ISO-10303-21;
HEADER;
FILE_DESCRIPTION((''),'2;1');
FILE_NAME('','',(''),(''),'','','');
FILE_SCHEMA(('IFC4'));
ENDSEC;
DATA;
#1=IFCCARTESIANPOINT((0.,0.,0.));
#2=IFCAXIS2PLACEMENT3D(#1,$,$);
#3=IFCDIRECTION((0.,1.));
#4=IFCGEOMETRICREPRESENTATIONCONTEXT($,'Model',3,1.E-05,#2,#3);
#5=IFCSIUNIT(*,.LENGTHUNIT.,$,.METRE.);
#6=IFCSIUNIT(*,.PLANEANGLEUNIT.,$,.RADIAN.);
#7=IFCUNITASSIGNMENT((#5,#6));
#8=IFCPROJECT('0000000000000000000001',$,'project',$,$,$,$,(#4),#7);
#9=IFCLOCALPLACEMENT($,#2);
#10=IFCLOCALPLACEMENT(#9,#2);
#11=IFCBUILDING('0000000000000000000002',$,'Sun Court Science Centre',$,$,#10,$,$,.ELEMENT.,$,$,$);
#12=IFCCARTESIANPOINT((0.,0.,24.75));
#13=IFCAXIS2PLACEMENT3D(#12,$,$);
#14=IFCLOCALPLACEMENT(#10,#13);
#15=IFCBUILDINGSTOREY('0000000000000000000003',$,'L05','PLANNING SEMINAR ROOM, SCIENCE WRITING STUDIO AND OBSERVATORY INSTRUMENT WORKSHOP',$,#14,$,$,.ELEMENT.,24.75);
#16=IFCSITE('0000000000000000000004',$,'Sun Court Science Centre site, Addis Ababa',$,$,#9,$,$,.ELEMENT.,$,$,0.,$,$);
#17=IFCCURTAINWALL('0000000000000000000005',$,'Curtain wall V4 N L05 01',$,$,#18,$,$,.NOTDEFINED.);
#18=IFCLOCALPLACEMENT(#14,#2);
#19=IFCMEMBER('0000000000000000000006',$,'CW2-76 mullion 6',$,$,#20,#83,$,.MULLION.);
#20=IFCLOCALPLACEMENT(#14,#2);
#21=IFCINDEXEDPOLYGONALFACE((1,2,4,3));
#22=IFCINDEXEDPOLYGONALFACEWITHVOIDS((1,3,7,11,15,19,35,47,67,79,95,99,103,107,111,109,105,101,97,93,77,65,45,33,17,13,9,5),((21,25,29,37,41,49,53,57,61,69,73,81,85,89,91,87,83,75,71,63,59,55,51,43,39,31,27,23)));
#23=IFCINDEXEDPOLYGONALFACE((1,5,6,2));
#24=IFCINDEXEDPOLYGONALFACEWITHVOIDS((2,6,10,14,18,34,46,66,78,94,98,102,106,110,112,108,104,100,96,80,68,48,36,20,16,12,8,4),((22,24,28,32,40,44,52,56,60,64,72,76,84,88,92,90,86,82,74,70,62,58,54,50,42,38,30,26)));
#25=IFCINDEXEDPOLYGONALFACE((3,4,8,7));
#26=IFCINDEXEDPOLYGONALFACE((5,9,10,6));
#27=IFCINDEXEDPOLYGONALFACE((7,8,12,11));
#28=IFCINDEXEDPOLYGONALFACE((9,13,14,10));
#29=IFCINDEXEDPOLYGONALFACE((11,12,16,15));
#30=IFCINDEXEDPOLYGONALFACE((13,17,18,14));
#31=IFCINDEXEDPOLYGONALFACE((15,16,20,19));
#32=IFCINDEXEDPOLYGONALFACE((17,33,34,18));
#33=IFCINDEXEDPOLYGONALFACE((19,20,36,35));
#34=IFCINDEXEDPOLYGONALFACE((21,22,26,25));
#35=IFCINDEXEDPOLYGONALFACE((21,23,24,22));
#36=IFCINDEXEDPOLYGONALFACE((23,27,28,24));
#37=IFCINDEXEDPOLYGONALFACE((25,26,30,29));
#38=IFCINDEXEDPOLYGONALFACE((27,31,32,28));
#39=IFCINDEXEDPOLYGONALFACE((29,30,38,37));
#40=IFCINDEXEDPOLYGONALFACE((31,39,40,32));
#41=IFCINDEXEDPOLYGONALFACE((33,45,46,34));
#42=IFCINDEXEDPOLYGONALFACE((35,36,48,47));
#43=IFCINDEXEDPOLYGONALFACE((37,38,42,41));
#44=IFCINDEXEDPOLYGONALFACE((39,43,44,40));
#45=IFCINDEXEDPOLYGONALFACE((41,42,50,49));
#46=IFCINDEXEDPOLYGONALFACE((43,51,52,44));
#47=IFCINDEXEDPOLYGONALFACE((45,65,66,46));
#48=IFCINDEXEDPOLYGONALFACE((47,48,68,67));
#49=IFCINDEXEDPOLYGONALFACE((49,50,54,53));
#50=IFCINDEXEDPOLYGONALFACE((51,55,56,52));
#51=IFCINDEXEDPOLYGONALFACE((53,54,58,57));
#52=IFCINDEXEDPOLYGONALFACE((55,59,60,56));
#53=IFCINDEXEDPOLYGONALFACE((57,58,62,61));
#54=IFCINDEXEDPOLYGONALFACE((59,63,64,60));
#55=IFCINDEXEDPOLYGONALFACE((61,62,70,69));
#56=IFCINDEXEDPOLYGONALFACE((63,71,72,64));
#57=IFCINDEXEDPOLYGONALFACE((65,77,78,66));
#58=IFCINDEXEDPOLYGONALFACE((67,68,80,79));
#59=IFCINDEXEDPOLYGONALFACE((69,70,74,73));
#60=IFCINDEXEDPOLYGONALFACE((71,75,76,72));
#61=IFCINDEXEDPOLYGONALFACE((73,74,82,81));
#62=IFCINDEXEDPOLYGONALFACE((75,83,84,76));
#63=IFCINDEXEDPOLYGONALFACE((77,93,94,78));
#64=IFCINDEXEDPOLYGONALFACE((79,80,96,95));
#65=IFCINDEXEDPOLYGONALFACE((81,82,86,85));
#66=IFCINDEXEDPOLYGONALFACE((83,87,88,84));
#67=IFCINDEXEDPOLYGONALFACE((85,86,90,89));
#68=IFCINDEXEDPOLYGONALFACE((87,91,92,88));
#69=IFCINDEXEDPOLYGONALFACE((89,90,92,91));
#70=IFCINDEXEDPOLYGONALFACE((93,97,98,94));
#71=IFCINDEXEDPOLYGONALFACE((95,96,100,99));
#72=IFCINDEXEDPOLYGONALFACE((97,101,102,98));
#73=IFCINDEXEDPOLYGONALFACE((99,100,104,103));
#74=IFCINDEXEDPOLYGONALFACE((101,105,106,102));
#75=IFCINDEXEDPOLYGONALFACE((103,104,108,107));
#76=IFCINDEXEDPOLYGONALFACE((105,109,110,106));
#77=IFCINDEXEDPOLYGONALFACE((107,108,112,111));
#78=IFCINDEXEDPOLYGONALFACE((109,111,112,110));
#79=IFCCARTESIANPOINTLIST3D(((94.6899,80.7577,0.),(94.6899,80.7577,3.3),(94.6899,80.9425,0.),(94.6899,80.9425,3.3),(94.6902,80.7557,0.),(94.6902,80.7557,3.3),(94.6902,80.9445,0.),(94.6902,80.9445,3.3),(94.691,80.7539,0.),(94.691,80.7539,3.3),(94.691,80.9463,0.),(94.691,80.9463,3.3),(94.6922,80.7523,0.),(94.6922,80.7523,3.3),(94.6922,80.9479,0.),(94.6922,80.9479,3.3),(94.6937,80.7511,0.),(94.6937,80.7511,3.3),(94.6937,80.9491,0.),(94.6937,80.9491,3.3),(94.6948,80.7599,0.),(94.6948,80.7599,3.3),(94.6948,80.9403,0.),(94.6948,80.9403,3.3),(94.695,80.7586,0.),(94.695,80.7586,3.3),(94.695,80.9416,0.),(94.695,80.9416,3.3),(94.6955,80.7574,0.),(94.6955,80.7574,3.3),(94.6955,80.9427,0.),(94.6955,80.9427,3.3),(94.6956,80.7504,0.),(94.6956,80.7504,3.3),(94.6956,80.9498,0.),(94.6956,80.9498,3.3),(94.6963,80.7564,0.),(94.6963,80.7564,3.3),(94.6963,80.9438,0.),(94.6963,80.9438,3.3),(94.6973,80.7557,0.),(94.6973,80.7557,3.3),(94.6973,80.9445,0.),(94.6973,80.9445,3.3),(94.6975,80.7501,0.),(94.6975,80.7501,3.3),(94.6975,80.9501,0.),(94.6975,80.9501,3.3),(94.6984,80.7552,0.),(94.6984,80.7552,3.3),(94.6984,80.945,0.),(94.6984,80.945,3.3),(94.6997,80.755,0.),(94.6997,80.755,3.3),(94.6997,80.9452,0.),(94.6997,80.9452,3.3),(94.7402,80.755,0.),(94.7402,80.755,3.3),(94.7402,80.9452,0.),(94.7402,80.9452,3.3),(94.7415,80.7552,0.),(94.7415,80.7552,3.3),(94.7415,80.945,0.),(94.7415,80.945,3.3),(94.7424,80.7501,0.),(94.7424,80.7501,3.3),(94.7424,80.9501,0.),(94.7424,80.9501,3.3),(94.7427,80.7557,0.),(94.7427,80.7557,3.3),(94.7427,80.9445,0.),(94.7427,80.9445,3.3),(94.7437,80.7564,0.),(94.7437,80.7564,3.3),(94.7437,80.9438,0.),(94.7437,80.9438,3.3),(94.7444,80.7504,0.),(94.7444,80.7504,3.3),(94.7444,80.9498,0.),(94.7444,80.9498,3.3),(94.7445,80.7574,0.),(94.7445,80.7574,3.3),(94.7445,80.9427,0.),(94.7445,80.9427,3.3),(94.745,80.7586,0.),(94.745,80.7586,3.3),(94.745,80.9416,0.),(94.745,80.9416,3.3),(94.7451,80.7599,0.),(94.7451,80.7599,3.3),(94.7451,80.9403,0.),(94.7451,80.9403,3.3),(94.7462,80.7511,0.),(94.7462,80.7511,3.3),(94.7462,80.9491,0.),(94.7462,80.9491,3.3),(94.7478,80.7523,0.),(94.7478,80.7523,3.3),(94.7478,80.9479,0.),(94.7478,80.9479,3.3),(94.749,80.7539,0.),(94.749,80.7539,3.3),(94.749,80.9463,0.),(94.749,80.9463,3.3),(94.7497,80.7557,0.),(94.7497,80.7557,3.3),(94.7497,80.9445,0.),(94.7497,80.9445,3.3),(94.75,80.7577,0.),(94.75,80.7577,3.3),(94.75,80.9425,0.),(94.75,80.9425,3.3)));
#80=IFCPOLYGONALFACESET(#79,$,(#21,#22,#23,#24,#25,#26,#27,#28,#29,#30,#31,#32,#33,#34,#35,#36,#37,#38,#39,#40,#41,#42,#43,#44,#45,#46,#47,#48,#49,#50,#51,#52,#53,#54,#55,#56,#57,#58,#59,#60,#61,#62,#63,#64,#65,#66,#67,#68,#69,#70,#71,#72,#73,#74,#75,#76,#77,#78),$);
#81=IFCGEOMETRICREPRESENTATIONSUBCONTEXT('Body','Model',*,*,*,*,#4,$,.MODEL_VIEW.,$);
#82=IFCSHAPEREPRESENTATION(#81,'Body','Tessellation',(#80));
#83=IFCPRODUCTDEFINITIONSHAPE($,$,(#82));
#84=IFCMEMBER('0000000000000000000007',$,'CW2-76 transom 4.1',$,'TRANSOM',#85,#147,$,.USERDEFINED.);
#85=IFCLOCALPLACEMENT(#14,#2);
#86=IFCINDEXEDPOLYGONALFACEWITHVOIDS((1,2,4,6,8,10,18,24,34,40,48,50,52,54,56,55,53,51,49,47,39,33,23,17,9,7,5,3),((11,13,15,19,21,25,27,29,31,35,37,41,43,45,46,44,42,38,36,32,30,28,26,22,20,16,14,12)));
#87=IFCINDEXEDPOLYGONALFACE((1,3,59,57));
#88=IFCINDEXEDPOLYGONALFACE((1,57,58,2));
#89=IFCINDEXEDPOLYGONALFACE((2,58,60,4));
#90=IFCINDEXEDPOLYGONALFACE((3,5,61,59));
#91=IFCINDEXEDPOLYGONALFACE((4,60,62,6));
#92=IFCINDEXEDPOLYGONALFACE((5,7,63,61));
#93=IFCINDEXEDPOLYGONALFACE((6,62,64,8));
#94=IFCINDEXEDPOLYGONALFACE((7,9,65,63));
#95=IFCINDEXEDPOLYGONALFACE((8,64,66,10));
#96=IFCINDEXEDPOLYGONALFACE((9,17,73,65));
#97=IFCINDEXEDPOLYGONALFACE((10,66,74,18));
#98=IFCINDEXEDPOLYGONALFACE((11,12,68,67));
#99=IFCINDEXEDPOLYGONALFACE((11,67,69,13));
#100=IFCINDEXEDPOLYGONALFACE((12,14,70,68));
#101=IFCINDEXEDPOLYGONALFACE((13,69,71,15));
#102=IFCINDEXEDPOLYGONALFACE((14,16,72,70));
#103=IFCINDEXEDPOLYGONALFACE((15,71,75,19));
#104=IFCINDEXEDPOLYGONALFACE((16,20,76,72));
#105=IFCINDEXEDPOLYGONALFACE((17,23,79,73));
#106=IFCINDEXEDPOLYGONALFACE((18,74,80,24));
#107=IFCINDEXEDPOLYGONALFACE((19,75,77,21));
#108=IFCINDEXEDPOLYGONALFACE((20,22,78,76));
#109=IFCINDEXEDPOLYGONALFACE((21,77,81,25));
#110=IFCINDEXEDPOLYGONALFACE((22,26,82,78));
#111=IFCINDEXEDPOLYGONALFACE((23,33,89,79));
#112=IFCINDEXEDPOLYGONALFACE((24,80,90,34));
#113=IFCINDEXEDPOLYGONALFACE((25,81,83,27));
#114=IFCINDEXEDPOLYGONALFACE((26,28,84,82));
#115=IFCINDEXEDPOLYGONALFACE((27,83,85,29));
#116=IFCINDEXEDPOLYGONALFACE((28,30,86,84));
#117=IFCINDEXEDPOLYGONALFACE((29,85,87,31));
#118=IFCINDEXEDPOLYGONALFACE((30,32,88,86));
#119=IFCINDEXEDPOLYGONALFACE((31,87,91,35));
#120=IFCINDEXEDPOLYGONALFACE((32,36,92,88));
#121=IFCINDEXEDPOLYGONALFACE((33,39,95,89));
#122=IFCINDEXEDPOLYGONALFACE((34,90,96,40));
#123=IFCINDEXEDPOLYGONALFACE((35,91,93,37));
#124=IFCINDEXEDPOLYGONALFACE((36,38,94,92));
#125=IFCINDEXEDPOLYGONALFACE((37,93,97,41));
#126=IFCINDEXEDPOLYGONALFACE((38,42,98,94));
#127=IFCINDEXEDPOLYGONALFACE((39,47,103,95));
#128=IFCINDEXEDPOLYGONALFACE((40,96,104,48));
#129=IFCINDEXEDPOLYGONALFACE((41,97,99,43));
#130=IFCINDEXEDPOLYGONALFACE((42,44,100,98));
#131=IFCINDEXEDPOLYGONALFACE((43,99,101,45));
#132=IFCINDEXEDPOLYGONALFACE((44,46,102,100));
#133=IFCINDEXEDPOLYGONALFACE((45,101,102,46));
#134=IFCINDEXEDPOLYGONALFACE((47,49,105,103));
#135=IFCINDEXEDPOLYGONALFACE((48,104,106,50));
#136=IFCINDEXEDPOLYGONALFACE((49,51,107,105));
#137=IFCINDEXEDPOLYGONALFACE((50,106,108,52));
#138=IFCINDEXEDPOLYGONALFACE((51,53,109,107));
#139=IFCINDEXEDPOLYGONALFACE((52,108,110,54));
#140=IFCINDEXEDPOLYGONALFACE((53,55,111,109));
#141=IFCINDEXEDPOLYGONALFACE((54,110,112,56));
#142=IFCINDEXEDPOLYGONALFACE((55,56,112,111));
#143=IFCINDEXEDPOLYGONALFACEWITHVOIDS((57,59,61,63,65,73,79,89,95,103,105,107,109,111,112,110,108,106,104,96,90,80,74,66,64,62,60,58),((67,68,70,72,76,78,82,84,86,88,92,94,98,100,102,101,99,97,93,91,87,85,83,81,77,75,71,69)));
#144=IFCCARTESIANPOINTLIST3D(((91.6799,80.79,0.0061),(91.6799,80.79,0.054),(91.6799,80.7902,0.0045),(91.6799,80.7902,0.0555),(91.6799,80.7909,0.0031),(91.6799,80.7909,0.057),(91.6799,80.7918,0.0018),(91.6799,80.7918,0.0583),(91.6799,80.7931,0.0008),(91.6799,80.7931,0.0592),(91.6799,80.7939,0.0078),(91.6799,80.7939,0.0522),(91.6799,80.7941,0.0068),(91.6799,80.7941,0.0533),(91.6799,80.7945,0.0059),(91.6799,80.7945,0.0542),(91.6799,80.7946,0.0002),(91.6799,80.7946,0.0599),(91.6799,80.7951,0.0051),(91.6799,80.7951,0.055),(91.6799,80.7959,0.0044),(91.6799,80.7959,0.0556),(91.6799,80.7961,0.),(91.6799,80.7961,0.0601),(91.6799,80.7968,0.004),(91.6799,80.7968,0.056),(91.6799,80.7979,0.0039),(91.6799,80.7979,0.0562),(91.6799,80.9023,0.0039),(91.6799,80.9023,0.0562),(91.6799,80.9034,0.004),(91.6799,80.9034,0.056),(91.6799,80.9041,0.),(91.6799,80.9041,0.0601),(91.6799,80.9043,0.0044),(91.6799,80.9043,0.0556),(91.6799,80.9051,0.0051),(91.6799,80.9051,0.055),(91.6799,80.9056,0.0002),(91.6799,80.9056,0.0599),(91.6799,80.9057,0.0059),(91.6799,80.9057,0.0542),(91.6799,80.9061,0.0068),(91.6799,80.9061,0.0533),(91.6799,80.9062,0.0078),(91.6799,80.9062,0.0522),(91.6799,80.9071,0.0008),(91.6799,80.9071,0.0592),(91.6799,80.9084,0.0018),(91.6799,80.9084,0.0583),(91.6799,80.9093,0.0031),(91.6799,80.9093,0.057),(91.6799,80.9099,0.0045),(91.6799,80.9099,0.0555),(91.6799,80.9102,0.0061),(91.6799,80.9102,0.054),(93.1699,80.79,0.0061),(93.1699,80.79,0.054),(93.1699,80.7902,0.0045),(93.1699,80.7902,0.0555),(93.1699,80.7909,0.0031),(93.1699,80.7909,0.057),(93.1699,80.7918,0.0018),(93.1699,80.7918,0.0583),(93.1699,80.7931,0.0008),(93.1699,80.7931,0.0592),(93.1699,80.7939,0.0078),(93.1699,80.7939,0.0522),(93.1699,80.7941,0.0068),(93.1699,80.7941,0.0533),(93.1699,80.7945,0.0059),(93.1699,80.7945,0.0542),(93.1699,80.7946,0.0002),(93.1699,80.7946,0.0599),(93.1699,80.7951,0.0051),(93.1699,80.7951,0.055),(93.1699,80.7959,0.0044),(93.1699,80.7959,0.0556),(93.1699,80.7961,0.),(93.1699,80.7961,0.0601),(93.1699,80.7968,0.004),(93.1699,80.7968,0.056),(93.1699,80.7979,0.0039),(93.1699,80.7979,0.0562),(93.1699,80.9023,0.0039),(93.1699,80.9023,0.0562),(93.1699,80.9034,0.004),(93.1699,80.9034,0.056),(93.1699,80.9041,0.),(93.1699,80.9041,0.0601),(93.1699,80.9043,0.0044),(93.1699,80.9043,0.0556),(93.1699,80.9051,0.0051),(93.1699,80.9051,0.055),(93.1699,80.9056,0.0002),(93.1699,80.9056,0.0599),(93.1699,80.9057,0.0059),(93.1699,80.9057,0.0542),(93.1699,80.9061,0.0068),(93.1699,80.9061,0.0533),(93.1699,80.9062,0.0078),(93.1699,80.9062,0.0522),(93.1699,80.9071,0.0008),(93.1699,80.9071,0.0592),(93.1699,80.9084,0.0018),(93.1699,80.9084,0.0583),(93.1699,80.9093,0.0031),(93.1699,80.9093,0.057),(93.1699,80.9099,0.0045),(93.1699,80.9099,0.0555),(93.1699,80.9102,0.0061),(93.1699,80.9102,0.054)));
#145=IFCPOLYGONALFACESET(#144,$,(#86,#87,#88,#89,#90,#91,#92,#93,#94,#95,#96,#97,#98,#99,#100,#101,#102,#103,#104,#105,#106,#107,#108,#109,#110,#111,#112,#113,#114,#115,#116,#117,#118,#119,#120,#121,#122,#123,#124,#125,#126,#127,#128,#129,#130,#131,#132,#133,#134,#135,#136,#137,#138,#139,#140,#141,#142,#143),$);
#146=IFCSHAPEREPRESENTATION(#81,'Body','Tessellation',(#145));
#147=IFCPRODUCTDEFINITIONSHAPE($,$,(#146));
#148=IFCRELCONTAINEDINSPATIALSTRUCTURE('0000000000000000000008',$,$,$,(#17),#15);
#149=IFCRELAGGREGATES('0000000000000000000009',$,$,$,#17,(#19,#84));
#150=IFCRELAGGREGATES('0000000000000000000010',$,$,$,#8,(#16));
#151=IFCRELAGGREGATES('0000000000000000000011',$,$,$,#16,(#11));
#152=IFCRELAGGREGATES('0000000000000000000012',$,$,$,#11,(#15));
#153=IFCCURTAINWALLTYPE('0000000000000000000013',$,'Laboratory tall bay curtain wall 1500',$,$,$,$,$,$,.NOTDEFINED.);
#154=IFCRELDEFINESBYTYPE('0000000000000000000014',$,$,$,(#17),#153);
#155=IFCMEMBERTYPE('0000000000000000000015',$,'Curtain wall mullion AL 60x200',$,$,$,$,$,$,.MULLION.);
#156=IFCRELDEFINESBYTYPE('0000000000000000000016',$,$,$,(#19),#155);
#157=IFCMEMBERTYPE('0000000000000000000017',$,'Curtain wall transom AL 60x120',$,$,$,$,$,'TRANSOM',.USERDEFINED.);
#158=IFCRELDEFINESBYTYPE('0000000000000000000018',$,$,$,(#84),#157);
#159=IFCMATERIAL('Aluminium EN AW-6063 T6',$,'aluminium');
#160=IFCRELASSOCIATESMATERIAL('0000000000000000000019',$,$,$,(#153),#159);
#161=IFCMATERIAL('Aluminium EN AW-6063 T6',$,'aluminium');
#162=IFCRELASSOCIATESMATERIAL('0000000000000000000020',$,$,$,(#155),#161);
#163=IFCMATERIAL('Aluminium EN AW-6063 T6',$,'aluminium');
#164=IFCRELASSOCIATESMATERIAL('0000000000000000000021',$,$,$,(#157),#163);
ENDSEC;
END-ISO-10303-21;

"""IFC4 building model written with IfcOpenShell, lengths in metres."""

from ifc_helpers import new_model, si_unit, direction, frame, origin, origin_2d, place, context, subcontext, project, spatial, hollow_rectangle, extrude, material, material_profile, profile_set, type_object, element, aggregate, save


model = new_model("IFC4")

# Units and contexts
model_context = context("Model", 3, precision=1e-05, world=origin(), true_north=direction((0.0, 1.0)))
body_context = subcontext(model_context, "Body", "Model", "MODEL_VIEW")
ifc_project = project(units=[si_unit("LENGTHUNIT", "METRE"), si_unit("PLANEANGLEUNIT", "RADIAN")], contexts=[model_context])

# Site, building, storey
site_placement = place(None, origin())
site = spatial("IfcSite", under=ifc_project, at=site_placement, Name="Sun Court Science Centre site, Addis Ababa", CompositionType="ELEMENT", RefElevation=0.0)
building_placement = place(site_placement, origin())
building = spatial("IfcBuilding", under=site, at=building_placement, Name="Sun Court Science Centre", CompositionType="ELEMENT")
storey_placement = place(building_placement, frame((0.0, 0.0, 24.75)))
storey = spatial("IfcBuildingStorey", under=building, at=storey_placement, Name="L05", Description="PLANNING SEMINAR ROOM, SCIENCE WRITING STUDIO AND OBSERVATORY INSTRUMENT WORKSHOP", CompositionType="ELEMENT", Elevation=24.75)

# Curtain wall, members
ifc_material_1 = material(Name="Aluminium EN AW-6063 T6", Category="aluminium")
curtain_wall_type = type_object("IfcCurtainWallType", Name="Laboratory tall bay curtain wall 1500", PredefinedType="NOTDEFINED", material=ifc_material_1)
curtain_wall_placement = place(storey_placement, origin())
curtain_wall = element("IfcCurtainWall", 1, at=curtain_wall_placement, inside=storey, type_object=curtain_wall_type, Name="Curtain wall V4 N L05 01", PredefinedType="NOTDEFINED")
ifc_material_2 = material(Name="Aluminium EN AW-6063 T6", Category="aluminium")
ifc_material_profile_1 = material_profile(ifc_material_2, hollow_rectangle(XDim=0.0601, YDim=0.2, WallThickness=0.0049, InnerFilletRadius=0.0049, OuterFilletRadius=0.0076, at=origin_2d()), Name="AL 60x200x5")
ifc_profile_set_1 = profile_set([ifc_material_profile_1], Name="Aluminium EN AW-6063 T6")
member_type_1 = type_object("IfcMemberType", Name="Curtain wall mullion AL 60x200", PredefinedType="MULLION", material=ifc_profile_set_1)
member_1_placement = place(storey_placement, frame((94.72, 80.8501, 0.0), z_axis=(0.0, 0.0, 1.0), x_axis=(1.0, 0.0, 0.0)))
member_1 = element("IfcMember", 2, at=member_1_placement, type_object=member_type_1, Name="CW2-76 mullion 6", PredefinedType="MULLION", context=body_context, shape_type="SweptSolid", body=[
    extrude(hollow_rectangle(XDim=0.0601, YDim=0.2, WallThickness=0.0049, InnerFilletRadius=0.0049, OuterFilletRadius=0.0076, at=origin_2d()), origin(), (0.0, 0.0, 1.0), 3.3),
])
ifc_material_3 = material(Name="Aluminium EN AW-6063 T6", Category="aluminium")
ifc_material_profile_2 = material_profile(ifc_material_3, hollow_rectangle(XDim=0.0601, YDim=0.1201, WallThickness=0.0039, InnerFilletRadius=0.0039, OuterFilletRadius=0.0061, at=origin_2d()), Name="AL 60x120x4")
ifc_profile_set_2 = profile_set([ifc_material_profile_2], Name="Aluminium EN AW-6063 T6")
member_type_2 = type_object("IfcMemberType", Name="Curtain wall transom AL 60x120", ElementType="TRANSOM", PredefinedType="USERDEFINED", material=ifc_profile_set_2)
member_2_placement = place(storey_placement, frame((91.6799, 80.8501, 0.03), z_axis=(1.0, 0.0, 0.0), x_axis=(0.0, 0.0, 1.0)))
member_2 = element("IfcMember", 3, at=member_2_placement, type_object=member_type_2, Name="CW2-76 transom 4.1", ObjectType="TRANSOM", PredefinedType="USERDEFINED", context=body_context, shape_type="SweptSolid", body=[
    extrude(hollow_rectangle(XDim=0.0601, YDim=0.1201, WallThickness=0.0039, InnerFilletRadius=0.0039, OuterFilletRadius=0.0061, at=origin_2d()), origin(), (0.0, 0.0, 1.0), 1.49),
])

aggregate(curtain_wall, [member_1, member_2])

save(model, "model.ifc")
